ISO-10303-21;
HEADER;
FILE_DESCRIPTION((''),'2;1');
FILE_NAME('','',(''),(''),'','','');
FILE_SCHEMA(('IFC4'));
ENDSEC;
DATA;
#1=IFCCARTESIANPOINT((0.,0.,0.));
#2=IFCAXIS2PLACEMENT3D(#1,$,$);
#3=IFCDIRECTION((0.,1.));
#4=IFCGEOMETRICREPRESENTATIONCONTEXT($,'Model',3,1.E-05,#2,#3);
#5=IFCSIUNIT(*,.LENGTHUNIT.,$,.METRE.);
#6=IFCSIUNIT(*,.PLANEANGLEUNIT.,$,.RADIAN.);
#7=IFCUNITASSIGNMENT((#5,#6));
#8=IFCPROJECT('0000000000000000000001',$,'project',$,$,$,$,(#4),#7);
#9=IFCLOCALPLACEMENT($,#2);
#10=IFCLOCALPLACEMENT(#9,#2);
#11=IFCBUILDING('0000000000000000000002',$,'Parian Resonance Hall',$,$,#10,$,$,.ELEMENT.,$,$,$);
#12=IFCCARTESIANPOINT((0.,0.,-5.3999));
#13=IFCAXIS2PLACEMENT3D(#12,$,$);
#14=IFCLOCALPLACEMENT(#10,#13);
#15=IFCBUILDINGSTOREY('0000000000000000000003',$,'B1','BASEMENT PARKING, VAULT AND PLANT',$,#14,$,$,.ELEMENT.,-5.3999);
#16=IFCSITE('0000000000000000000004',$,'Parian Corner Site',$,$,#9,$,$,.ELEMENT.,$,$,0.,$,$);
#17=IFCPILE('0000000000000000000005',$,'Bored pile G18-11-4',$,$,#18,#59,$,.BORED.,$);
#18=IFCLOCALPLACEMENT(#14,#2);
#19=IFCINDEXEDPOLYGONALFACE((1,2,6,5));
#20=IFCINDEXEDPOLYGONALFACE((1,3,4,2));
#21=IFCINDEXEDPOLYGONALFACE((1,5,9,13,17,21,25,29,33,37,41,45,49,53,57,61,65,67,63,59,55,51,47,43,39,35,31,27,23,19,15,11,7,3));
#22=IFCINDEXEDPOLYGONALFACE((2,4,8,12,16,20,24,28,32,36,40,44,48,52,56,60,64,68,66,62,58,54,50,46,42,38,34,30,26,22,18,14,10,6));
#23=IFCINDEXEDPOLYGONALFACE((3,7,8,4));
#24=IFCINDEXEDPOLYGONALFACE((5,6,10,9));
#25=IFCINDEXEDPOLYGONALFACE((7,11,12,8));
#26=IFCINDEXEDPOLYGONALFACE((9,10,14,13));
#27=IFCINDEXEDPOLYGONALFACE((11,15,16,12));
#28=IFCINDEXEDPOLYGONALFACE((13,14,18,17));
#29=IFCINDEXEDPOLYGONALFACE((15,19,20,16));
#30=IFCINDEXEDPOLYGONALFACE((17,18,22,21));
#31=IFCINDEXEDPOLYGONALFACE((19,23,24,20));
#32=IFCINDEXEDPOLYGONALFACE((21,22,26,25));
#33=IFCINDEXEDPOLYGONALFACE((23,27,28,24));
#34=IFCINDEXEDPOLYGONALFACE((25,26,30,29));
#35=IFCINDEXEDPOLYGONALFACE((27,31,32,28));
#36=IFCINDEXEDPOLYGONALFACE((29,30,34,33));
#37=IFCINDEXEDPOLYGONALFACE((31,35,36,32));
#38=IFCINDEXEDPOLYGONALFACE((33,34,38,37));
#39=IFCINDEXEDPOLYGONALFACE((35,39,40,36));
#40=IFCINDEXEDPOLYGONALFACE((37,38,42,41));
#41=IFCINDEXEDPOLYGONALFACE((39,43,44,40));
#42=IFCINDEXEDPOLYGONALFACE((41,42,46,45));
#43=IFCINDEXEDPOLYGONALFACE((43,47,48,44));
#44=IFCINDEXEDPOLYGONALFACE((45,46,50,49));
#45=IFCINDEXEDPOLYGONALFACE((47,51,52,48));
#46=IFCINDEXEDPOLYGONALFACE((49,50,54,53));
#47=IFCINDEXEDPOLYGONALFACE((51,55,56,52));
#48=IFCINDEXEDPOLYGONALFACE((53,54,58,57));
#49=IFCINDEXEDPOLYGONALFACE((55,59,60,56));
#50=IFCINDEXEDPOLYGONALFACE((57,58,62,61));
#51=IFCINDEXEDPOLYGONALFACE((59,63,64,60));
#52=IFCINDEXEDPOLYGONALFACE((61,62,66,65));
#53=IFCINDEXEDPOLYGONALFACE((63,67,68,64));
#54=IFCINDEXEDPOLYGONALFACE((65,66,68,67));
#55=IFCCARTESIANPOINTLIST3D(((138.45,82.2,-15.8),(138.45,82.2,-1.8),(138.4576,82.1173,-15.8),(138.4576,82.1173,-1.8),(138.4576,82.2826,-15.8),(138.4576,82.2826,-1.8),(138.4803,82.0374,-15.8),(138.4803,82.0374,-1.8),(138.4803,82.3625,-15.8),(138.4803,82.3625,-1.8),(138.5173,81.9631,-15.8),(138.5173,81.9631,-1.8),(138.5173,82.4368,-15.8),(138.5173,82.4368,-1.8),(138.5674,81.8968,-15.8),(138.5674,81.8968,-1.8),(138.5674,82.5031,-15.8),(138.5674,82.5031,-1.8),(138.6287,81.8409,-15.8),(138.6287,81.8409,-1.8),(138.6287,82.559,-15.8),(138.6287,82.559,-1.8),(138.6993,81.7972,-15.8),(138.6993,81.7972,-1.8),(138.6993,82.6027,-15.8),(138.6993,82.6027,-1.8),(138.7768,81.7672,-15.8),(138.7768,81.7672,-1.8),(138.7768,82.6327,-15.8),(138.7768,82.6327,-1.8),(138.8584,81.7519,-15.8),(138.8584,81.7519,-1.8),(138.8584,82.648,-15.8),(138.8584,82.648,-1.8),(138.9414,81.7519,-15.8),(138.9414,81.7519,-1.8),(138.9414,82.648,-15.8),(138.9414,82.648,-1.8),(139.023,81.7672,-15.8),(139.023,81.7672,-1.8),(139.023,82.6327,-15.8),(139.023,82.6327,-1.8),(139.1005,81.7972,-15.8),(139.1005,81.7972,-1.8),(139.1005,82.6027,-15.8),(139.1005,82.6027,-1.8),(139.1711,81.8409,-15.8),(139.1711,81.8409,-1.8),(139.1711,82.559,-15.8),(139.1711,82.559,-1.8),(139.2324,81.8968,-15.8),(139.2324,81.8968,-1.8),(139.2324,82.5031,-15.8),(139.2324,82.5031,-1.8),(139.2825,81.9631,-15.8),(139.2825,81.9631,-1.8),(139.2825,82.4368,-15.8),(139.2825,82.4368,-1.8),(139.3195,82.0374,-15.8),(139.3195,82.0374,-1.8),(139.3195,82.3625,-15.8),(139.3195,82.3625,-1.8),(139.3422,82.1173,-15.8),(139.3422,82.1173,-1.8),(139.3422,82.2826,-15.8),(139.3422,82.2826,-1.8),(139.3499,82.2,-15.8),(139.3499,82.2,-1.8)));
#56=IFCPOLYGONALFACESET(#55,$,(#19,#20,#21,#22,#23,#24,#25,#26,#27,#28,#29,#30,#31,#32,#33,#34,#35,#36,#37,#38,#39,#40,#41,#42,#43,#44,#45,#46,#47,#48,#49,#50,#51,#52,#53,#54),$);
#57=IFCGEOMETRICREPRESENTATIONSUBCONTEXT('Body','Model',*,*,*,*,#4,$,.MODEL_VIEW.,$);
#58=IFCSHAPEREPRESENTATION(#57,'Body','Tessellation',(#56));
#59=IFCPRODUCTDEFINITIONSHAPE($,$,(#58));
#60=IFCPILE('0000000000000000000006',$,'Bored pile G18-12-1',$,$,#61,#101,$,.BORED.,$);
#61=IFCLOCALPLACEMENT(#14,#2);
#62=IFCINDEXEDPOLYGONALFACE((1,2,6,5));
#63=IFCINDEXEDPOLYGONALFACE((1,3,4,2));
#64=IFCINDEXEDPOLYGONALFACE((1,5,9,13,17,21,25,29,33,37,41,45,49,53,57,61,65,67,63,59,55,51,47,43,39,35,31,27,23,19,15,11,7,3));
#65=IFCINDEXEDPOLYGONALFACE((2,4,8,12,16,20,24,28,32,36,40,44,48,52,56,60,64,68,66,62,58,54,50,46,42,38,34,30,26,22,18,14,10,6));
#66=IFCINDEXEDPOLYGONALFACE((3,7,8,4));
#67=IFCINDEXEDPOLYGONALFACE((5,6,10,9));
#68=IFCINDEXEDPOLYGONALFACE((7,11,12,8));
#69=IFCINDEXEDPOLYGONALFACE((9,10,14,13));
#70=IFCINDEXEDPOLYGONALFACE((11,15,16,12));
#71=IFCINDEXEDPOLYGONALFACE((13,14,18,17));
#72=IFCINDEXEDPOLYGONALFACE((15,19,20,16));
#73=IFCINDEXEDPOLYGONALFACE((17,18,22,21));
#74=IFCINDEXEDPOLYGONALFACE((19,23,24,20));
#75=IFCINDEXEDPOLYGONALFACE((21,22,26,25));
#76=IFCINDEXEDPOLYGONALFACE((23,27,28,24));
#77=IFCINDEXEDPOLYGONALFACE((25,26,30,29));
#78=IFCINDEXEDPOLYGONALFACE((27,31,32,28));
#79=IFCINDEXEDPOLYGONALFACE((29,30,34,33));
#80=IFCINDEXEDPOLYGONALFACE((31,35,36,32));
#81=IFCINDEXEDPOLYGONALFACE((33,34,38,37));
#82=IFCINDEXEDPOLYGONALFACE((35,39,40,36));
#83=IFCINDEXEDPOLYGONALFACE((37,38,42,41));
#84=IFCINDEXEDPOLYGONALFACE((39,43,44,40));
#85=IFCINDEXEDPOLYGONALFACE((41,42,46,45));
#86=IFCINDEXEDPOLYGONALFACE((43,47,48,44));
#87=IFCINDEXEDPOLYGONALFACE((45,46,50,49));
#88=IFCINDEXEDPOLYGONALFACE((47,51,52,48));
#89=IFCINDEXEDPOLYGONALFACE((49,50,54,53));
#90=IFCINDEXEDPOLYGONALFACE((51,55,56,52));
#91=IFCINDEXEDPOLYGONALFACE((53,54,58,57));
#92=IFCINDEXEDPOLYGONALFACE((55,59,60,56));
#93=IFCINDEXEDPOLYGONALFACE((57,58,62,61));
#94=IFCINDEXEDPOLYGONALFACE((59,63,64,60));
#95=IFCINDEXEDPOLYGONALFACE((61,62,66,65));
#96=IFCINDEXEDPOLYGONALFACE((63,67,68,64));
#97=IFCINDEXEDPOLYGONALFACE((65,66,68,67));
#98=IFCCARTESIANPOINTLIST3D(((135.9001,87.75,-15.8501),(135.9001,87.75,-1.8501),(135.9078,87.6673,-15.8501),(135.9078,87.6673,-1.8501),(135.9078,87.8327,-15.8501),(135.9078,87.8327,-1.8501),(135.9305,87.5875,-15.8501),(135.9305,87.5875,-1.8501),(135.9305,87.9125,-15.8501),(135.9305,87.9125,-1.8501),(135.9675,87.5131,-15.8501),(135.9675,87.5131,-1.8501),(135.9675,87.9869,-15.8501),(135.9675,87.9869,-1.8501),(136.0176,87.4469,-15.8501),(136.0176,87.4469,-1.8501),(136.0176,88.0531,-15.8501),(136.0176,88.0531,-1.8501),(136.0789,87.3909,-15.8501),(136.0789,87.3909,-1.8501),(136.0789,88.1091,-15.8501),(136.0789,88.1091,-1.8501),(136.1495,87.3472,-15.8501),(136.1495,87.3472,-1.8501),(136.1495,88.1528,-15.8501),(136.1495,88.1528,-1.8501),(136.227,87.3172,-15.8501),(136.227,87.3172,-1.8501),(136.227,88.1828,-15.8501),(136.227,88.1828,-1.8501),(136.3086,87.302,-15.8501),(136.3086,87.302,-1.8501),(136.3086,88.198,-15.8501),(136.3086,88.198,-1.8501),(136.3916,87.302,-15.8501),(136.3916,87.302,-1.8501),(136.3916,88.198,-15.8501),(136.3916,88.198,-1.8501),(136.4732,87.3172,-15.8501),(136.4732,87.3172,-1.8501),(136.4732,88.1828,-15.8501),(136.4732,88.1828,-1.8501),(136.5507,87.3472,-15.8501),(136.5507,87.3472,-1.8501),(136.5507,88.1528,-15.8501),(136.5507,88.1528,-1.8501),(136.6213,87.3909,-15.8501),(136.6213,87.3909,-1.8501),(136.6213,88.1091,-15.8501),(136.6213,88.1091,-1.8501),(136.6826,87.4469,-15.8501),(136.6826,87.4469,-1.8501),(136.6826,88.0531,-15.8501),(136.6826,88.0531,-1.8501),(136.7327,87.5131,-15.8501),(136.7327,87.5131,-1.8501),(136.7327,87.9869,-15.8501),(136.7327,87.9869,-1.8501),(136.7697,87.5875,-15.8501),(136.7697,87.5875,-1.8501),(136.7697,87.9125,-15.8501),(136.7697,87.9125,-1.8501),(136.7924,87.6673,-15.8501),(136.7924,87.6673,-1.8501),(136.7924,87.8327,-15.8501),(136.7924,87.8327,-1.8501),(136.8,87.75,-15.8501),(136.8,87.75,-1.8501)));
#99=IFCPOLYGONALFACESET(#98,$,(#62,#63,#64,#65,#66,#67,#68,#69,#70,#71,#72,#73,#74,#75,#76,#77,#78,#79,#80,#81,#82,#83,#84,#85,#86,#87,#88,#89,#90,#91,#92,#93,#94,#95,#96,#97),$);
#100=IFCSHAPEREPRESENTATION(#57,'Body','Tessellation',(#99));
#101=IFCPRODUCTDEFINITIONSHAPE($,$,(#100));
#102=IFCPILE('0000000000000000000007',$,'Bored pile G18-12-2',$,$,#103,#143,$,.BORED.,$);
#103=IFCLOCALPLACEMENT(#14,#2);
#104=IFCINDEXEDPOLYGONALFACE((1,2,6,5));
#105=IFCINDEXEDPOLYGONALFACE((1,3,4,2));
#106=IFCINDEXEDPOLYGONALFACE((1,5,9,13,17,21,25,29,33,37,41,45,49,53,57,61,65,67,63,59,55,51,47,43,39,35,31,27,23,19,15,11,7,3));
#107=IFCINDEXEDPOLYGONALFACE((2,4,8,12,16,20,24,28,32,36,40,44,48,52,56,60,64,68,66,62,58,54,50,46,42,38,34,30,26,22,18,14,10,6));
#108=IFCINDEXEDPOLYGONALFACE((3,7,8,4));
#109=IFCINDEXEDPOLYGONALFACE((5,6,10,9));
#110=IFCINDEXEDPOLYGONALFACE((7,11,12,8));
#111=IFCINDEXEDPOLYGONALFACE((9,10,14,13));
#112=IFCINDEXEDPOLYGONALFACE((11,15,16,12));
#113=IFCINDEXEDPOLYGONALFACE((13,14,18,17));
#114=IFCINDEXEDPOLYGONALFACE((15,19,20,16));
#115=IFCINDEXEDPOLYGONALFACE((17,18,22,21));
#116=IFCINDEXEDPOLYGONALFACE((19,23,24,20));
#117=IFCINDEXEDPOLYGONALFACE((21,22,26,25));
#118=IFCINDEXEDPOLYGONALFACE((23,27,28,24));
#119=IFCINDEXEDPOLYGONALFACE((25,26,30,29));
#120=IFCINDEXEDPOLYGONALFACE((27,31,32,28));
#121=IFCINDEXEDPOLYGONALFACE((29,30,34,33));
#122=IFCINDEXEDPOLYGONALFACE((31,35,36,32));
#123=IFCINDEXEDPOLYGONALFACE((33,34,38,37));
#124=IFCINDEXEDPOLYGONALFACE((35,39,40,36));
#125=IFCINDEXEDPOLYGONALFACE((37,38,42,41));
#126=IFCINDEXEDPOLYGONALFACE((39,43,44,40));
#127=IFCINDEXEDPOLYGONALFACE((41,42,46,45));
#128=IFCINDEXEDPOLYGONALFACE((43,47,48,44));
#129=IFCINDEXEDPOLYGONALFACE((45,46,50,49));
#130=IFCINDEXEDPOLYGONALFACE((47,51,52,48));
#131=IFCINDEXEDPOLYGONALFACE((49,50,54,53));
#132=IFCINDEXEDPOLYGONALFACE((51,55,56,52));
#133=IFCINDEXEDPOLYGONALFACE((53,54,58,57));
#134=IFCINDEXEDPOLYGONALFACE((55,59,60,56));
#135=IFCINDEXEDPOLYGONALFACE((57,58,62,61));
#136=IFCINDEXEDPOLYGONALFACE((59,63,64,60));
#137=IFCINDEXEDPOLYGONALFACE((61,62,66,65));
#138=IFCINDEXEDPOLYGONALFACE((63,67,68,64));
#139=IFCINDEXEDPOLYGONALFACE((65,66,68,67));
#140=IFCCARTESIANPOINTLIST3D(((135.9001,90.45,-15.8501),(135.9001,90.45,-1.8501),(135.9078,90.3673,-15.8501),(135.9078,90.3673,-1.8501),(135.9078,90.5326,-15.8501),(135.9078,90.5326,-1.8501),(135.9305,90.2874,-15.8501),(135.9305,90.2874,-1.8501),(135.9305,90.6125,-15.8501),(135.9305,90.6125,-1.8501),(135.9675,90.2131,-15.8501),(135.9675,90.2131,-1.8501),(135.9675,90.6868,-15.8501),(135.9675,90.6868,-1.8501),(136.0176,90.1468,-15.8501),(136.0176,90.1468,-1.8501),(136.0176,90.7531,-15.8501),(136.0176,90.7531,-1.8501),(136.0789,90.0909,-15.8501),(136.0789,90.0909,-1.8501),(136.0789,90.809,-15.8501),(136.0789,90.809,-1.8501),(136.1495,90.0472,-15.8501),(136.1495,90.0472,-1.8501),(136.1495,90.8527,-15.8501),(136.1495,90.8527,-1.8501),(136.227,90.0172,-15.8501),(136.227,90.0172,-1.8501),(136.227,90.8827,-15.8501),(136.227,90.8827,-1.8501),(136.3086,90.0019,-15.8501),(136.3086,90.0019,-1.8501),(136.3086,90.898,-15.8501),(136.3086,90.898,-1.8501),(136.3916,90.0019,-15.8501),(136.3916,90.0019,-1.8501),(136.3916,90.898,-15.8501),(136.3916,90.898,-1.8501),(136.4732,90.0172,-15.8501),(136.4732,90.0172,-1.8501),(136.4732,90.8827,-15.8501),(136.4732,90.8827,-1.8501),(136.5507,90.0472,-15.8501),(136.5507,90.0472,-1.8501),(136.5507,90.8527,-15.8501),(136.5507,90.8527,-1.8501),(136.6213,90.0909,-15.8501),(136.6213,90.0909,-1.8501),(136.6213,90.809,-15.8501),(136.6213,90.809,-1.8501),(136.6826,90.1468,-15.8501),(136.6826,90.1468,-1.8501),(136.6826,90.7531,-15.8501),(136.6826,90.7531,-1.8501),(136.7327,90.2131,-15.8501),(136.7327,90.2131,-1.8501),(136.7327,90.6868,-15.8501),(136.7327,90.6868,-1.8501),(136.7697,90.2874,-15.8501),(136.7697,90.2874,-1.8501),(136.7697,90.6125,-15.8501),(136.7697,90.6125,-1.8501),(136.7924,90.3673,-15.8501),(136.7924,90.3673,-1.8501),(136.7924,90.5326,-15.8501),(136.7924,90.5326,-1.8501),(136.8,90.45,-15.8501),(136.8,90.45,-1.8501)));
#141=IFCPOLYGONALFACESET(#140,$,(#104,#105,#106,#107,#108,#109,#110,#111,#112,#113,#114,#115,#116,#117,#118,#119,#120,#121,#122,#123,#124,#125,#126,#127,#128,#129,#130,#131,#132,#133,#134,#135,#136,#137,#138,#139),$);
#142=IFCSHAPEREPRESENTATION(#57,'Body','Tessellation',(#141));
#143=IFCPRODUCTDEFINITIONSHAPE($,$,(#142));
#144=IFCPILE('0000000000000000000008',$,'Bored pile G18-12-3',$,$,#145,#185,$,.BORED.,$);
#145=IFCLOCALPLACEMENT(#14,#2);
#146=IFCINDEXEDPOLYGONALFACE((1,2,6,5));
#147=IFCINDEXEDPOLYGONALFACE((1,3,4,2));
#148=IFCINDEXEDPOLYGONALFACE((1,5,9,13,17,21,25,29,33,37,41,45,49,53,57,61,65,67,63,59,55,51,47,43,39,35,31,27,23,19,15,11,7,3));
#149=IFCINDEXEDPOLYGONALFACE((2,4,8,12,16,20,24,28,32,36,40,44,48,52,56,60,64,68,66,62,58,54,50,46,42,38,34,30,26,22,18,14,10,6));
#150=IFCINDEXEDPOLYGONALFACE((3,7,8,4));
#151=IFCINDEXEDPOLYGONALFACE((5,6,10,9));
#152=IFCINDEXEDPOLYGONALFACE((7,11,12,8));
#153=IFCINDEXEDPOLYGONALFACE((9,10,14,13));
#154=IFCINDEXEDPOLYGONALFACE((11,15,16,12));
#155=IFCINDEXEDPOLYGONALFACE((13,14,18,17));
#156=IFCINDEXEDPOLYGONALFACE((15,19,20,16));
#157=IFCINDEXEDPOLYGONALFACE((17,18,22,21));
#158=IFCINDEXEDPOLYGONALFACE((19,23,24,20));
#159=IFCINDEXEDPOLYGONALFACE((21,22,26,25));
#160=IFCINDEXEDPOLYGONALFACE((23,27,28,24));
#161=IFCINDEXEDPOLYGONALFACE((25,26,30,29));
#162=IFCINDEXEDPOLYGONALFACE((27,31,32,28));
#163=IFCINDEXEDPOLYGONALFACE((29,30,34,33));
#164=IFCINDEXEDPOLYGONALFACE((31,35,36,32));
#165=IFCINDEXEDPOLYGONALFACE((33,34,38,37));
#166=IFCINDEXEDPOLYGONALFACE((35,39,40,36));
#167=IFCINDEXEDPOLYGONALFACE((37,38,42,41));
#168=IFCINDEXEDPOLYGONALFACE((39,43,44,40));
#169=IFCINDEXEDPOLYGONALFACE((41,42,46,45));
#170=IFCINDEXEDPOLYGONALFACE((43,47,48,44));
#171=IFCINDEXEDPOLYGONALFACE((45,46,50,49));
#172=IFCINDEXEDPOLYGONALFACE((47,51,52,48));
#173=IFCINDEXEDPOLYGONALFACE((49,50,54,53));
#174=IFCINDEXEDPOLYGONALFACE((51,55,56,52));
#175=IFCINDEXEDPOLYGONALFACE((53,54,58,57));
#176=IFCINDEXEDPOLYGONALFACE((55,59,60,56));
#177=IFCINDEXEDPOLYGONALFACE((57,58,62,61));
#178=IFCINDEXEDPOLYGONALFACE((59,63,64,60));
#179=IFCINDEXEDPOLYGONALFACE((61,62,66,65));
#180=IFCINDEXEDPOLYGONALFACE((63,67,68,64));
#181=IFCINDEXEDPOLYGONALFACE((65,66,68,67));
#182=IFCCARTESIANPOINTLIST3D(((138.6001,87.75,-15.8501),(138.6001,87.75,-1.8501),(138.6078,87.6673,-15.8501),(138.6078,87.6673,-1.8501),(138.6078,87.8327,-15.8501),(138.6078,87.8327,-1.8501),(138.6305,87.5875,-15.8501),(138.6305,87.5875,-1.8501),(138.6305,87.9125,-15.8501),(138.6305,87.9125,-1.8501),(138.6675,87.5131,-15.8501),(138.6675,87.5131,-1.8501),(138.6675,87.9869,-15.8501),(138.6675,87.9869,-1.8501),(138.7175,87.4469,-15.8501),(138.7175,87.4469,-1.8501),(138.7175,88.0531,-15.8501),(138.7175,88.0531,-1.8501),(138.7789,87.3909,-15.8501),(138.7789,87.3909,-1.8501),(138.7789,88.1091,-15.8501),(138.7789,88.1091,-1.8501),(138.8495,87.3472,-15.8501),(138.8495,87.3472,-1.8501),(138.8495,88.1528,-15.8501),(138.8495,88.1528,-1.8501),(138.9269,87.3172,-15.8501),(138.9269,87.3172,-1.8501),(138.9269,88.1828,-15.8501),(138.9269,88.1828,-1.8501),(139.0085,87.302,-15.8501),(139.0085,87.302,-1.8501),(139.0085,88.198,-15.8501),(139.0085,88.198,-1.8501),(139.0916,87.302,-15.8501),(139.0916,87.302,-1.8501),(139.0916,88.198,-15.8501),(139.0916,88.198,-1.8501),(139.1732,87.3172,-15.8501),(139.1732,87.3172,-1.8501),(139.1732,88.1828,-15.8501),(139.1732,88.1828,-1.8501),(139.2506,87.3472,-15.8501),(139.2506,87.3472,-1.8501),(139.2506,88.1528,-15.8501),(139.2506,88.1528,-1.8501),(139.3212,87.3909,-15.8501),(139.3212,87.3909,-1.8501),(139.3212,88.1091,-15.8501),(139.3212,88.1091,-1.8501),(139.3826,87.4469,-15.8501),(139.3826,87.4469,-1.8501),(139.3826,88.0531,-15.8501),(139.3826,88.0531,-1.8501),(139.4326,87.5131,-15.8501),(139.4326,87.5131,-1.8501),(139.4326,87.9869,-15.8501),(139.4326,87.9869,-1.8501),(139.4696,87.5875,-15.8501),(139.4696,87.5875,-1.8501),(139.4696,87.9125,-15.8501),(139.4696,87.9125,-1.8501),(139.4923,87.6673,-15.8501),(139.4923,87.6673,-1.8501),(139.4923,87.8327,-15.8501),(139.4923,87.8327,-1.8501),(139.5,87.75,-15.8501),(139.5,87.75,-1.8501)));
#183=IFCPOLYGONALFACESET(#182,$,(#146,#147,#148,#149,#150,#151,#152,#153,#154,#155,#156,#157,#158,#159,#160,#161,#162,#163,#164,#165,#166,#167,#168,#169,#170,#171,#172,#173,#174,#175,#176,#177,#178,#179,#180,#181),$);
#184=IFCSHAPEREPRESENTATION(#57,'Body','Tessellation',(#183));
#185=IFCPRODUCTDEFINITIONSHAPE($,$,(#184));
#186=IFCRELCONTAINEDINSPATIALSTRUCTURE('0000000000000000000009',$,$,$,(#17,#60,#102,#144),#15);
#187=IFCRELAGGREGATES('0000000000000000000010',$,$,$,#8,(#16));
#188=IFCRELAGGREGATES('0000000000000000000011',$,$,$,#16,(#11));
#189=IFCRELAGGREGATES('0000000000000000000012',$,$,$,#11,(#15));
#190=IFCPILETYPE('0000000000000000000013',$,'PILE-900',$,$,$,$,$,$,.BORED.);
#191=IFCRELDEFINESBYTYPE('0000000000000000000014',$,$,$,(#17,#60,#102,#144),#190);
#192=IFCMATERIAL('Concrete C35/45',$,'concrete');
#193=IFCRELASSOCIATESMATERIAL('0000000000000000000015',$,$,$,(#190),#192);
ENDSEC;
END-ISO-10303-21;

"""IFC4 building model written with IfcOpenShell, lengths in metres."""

from ifc_helpers import new_model, si_unit, direction, frame, origin, origin_2d, place, context, subcontext, project, spatial, circle, extrude, material, material_profile, profile_set, type_object, element, save


model = new_model("IFC4")

# Units and contexts
model_context = context("Model", 3, precision=1e-05, world=origin(), true_north=direction((0.0, 1.0)))
body_context = subcontext(model_context, "Body", "Model", "MODEL_VIEW")
ifc_project = project(units=[si_unit("LENGTHUNIT", "METRE"), si_unit("PLANEANGLEUNIT", "RADIAN")], contexts=[model_context])

# Site, building, storey
site_placement = place(None, origin())
site = spatial("IfcSite", under=ifc_project, at=site_placement, Name="Parian Corner Site", CompositionType="ELEMENT", RefElevation=0.0)
building_placement = place(site_placement, origin())
building = spatial("IfcBuilding", under=site, at=building_placement, Name="Parian Resonance Hall", CompositionType="ELEMENT")
storey_placement = place(building_placement, frame((0.0, 0.0, -5.3999)))
storey = spatial("IfcBuildingStorey", under=building, at=storey_placement, Name="B1", Description="BASEMENT PARKING, VAULT AND PLANT", CompositionType="ELEMENT", Elevation=-5.3999)

# Piles
ifc_material_1 = material(Name="Concrete C35/45", Category="concrete")
ifc_material_profile_1 = material_profile(ifc_material_1, circle(Radius=0.45, at=origin_2d()), Name="PILE-D900")
ifc_profile_set_1 = profile_set([ifc_material_profile_1], Name="Concrete C35/45")
pile_type = type_object("IfcPileType", Name="PILE-900", PredefinedType="BORED", material=ifc_profile_set_1)
for number, where, z_axis, x_axis, name in (
    (1, (138.8999, 82.2, -1.8), (0.0, 0.0, -1.0), (1.0, 0.0, 0.0), "Bored pile G18-11-4"),
    (2, (136.3501, 87.75, -1.8501), (0.0, 0.0, -1.0), (1.0, 0.0, 0.0), "Bored pile G18-12-1"),
    (3, (136.3501, 90.45, -1.8501), (0.0, 0.0, -1.0), (1.0, 0.0, 0.0), "Bored pile G18-12-2"),
    (4, (139.05, 87.75, -1.8501), (0.0, 0.0, -1.0), (1.0, 0.0, 0.0), "Bored pile G18-12-3"),
):
    element("IfcPile", number, at=place(storey_placement, frame(where, z_axis=z_axis, x_axis=x_axis)), inside=storey, type_object=pile_type, Name=name, PredefinedType="BORED", context=body_context, shape_type="SweptSolid", body=[
        extrude(circle(Radius=0.45, at=origin_2d()), origin(), (0.0, 0.0, 1.0), 14.0),
    ])

save(model, "model.ifc")
